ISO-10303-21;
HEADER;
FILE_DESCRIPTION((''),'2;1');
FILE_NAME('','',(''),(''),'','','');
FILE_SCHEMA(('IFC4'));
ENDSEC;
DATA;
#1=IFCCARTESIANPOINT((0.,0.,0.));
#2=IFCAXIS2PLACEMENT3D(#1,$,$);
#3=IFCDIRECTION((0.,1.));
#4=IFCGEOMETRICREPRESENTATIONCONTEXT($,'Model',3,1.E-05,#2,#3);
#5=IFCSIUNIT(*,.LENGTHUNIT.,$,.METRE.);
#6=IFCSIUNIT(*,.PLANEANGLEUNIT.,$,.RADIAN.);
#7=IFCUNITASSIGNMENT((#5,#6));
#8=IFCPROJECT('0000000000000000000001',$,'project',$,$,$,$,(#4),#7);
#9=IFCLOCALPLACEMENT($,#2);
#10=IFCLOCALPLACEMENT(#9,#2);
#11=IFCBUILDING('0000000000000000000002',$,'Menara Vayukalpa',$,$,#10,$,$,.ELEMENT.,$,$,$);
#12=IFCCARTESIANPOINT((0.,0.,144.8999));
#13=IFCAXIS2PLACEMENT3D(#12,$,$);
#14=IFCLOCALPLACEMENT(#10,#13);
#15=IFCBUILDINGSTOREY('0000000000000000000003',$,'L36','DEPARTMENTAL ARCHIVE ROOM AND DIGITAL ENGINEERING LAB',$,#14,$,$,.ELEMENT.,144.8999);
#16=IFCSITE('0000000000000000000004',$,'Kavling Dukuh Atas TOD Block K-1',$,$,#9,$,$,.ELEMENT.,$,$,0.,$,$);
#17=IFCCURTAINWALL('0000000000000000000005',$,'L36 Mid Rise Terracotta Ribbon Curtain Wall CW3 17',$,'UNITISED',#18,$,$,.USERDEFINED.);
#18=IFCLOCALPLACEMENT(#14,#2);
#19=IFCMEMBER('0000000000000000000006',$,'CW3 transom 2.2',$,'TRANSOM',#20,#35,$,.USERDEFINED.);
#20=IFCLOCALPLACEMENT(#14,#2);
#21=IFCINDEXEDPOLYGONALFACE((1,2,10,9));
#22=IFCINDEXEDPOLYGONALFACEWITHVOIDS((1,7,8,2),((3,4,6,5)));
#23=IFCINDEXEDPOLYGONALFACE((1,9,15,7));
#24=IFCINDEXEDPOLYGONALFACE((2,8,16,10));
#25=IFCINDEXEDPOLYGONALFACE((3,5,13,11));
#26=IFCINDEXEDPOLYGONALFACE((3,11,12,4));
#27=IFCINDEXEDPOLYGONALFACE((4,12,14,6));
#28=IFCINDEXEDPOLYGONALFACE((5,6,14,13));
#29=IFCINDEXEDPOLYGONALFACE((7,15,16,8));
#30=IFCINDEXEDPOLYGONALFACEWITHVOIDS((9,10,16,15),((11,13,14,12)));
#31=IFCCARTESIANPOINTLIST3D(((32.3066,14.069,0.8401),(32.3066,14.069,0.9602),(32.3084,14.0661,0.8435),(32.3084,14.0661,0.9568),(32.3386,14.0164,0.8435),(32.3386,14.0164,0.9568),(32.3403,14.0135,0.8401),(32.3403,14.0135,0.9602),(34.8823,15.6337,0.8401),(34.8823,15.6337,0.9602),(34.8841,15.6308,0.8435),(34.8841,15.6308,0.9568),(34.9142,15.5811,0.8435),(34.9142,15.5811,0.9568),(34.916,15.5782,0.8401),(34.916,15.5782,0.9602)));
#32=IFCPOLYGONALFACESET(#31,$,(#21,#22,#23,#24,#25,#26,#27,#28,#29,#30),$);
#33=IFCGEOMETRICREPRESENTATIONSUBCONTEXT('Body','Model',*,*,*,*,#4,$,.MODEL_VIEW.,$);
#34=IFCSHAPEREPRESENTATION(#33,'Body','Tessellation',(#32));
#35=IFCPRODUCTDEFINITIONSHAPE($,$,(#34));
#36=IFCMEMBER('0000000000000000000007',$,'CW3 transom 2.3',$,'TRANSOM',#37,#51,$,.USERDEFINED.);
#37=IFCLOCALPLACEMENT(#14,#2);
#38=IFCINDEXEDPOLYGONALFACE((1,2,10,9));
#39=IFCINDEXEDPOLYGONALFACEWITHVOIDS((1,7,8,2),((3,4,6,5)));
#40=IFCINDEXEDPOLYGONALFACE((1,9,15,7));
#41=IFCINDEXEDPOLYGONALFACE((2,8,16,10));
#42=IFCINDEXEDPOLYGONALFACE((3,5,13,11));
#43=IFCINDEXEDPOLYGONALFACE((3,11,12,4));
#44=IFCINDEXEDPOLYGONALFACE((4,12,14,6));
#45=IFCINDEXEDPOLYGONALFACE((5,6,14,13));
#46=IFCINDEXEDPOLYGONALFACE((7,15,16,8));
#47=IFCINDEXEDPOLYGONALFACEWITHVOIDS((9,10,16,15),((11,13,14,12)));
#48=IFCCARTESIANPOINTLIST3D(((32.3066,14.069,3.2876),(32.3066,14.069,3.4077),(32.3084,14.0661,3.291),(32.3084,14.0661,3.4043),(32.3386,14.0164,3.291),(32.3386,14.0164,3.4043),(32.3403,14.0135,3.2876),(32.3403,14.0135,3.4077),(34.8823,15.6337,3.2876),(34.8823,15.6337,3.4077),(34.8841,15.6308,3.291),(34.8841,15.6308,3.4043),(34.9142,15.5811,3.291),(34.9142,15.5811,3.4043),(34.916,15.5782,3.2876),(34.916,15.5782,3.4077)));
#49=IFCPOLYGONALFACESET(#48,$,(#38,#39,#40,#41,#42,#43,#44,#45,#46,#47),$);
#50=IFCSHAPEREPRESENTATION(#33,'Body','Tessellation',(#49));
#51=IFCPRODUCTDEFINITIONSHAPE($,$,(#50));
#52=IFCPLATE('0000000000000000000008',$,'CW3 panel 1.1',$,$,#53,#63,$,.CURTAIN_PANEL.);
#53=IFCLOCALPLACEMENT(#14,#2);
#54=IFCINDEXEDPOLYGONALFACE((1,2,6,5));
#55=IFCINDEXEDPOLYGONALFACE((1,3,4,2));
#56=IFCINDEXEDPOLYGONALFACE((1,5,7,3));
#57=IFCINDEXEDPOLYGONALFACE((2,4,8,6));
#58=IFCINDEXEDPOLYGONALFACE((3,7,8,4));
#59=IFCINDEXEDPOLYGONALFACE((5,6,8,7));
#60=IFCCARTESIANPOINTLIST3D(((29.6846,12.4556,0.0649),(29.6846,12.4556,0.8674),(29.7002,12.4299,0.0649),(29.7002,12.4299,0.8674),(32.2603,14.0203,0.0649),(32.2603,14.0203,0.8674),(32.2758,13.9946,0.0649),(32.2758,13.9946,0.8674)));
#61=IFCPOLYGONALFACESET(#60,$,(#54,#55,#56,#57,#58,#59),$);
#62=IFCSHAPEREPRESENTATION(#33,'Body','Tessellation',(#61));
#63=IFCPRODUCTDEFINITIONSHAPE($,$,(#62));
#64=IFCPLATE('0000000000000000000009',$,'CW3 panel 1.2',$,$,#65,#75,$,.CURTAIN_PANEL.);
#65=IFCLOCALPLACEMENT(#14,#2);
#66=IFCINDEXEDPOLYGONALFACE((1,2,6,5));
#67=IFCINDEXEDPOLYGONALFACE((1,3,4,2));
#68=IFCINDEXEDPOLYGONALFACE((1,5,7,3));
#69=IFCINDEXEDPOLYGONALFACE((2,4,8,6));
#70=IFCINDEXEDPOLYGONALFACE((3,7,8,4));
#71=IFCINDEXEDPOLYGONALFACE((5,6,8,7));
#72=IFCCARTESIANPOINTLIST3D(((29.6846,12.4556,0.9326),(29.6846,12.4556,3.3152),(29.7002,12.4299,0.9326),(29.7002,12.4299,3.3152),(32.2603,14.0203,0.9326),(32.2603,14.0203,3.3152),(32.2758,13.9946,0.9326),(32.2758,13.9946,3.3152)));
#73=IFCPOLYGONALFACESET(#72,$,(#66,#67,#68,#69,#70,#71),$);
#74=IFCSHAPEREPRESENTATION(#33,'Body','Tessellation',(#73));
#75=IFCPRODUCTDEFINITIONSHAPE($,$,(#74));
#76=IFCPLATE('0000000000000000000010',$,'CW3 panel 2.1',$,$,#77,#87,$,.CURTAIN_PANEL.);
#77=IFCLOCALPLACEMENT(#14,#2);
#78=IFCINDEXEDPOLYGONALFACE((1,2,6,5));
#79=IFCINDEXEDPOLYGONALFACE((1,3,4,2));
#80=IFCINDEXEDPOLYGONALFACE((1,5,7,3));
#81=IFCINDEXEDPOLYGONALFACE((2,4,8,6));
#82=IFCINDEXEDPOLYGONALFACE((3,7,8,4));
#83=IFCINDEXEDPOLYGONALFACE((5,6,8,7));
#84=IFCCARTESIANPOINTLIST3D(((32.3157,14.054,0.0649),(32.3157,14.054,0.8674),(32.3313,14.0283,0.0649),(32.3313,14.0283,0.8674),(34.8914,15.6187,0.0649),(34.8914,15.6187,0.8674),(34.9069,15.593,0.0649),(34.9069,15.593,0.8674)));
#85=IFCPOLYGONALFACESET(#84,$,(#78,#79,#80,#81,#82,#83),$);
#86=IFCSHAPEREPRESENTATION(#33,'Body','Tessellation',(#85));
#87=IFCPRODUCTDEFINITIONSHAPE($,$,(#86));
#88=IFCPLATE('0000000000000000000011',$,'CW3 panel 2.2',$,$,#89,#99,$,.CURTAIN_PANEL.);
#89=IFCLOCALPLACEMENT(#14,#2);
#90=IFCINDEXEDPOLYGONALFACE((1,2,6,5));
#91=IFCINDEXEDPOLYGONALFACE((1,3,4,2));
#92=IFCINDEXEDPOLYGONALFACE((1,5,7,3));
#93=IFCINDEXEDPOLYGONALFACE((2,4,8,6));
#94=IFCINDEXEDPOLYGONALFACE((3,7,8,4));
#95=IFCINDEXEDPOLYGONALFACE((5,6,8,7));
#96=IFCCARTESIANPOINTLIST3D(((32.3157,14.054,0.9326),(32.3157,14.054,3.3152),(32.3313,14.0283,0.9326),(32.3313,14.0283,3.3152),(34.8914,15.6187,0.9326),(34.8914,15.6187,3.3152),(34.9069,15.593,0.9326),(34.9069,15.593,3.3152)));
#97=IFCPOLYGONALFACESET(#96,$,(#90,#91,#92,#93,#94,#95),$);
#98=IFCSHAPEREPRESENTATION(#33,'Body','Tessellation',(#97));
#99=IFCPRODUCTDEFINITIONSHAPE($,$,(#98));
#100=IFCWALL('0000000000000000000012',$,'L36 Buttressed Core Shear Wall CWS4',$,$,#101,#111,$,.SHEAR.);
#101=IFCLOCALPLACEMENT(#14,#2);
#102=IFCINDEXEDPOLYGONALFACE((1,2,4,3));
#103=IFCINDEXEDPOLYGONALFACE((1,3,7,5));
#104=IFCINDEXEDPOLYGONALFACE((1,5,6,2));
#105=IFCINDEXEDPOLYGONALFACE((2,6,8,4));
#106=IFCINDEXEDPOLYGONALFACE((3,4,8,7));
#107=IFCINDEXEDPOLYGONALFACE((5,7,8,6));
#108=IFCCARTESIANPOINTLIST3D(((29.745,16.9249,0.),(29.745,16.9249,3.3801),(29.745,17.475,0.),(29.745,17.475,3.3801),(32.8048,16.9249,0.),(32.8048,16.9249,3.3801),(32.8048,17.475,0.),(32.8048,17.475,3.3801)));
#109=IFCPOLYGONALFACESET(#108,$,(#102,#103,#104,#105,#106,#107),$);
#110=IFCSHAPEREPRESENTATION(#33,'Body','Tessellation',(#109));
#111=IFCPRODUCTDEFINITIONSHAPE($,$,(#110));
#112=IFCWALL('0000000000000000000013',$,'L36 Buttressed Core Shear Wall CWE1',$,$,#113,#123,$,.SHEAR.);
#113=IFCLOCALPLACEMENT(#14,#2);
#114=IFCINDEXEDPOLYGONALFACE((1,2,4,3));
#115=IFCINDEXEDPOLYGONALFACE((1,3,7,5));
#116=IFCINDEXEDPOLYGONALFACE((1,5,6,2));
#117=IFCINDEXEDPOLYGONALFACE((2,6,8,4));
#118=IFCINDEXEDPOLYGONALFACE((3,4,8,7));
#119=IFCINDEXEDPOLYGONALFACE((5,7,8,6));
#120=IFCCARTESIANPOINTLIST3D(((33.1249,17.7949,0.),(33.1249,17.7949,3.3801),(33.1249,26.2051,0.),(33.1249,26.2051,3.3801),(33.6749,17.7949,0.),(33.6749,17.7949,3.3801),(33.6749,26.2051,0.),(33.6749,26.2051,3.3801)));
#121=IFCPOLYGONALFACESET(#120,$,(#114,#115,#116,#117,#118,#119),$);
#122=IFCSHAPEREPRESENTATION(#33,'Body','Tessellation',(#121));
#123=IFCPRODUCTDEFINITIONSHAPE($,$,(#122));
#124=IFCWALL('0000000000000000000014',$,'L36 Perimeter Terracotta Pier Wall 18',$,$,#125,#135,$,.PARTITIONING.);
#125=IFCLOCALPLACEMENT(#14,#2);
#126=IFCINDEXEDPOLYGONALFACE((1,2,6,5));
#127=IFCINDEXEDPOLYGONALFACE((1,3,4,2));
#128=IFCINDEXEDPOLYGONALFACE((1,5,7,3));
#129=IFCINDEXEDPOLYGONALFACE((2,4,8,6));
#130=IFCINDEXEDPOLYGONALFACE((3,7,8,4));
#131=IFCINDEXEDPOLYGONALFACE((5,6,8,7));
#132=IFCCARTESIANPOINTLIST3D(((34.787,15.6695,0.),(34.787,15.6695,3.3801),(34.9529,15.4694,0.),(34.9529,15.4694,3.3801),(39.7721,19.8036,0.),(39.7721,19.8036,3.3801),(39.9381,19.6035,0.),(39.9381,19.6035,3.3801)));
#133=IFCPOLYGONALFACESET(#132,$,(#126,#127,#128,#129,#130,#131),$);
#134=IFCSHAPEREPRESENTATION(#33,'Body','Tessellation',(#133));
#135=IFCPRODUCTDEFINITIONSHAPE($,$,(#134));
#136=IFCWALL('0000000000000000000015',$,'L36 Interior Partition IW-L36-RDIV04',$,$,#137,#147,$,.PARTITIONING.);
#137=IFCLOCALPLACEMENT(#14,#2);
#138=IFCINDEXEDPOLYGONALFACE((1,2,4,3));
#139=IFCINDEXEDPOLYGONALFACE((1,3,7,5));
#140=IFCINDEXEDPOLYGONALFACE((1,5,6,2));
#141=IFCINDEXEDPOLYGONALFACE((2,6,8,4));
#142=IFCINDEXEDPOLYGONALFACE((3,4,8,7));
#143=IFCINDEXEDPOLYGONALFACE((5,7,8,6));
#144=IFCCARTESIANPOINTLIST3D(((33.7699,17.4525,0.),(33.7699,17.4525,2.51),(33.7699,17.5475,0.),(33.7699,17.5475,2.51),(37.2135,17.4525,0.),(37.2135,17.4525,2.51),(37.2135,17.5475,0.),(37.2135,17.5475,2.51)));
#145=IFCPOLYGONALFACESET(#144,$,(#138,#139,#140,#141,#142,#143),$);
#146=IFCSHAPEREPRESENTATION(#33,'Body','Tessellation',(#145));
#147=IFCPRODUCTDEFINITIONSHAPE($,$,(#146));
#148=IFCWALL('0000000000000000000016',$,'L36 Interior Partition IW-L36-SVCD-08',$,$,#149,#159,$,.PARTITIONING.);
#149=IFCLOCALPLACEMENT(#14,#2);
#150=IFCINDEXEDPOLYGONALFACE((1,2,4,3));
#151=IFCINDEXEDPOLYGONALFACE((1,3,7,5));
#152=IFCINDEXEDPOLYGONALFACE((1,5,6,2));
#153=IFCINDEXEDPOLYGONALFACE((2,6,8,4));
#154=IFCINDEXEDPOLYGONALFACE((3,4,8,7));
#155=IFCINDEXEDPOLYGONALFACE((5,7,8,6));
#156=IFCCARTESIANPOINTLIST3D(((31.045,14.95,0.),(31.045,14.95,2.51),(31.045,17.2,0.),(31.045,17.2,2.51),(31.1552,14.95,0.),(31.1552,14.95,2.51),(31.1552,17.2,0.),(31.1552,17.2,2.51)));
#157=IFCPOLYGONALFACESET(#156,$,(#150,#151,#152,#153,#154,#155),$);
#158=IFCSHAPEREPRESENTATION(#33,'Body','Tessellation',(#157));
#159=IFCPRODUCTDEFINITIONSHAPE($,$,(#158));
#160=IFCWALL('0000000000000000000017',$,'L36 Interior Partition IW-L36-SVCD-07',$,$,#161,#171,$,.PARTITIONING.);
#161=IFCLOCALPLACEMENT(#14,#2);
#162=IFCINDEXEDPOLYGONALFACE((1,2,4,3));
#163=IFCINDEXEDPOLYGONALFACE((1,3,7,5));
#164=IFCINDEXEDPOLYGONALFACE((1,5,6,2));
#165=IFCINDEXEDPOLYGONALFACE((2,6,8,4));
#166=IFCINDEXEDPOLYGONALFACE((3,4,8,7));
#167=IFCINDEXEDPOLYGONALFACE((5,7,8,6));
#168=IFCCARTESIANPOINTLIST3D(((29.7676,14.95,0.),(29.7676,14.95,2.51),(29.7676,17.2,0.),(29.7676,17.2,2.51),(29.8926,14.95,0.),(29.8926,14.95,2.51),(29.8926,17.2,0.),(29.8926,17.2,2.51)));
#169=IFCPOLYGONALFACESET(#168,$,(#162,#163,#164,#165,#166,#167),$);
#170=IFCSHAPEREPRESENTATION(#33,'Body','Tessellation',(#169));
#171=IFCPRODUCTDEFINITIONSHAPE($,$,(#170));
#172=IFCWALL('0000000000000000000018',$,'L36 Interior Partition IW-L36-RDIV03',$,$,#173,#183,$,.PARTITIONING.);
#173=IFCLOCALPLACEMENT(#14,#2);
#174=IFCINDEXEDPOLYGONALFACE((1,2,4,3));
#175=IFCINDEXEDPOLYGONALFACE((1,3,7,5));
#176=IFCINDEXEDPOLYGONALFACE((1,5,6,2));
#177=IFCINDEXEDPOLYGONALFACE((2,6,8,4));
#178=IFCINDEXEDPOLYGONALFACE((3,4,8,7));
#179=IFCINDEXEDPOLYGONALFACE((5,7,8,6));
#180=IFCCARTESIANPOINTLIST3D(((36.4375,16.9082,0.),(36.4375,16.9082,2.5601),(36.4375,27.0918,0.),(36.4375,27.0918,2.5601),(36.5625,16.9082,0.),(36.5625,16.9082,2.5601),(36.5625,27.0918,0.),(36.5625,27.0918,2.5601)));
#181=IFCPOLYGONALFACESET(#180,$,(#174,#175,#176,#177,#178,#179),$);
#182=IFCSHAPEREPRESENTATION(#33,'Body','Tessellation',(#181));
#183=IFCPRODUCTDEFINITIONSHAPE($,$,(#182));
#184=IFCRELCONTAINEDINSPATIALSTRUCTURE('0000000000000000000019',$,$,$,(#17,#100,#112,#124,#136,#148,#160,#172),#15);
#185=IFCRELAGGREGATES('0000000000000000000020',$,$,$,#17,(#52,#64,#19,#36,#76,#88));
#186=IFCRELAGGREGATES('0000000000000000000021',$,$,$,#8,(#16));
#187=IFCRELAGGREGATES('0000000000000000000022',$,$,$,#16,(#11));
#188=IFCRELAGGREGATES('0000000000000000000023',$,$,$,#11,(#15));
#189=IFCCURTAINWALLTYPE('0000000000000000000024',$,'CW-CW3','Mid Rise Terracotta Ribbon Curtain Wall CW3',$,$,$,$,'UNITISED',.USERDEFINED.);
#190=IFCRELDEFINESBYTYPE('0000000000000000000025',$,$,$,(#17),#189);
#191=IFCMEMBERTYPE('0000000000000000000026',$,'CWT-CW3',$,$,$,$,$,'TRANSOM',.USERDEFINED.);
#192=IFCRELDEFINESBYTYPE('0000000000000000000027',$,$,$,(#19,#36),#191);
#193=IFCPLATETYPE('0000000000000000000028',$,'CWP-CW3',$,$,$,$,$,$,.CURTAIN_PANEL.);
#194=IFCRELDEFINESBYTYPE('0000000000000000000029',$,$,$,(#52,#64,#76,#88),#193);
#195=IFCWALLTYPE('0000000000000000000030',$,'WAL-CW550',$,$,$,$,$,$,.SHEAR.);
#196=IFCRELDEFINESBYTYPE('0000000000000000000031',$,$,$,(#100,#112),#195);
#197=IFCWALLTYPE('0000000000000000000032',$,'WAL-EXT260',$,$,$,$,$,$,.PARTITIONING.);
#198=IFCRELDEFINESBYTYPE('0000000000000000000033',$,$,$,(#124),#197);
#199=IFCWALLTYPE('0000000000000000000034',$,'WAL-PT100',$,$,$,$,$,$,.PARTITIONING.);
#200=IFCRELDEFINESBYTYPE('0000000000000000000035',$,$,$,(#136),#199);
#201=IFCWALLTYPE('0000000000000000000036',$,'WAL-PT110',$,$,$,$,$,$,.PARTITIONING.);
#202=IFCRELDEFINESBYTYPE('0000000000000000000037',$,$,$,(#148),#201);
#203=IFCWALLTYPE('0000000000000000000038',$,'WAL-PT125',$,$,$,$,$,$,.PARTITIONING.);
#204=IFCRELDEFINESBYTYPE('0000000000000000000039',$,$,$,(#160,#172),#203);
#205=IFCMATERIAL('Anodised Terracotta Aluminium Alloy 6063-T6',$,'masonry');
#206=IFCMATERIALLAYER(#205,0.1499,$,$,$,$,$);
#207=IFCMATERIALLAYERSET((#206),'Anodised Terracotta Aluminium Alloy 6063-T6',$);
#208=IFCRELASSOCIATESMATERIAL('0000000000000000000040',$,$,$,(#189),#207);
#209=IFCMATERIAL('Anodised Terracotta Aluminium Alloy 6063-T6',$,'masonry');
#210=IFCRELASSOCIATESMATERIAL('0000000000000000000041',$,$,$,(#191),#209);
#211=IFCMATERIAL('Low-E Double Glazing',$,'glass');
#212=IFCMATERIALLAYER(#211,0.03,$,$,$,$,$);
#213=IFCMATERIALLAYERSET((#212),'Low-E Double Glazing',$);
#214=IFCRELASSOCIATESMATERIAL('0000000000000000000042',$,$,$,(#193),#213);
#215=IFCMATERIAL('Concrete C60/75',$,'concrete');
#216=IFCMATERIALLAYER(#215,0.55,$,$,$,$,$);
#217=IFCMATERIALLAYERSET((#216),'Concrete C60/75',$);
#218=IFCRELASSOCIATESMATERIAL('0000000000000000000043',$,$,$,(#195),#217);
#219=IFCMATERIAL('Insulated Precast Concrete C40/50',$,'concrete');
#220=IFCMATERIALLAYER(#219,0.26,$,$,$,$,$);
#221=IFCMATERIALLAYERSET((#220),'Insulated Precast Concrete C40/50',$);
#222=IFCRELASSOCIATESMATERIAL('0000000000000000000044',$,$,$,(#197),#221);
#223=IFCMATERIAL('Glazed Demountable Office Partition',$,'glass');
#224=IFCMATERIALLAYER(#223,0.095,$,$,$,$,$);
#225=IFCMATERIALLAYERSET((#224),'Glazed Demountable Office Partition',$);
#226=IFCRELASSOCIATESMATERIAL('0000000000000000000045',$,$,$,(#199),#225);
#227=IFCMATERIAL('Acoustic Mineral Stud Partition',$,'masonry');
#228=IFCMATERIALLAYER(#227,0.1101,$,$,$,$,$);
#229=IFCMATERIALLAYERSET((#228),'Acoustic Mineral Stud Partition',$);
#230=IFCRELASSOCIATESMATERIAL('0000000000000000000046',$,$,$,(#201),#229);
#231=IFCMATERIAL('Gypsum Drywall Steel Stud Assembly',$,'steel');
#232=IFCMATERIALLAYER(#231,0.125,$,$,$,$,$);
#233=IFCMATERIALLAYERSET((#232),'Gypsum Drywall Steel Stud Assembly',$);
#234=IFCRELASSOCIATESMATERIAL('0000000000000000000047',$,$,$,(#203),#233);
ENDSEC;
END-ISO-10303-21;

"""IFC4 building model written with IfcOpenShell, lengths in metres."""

from ifc_helpers import new_model, si_unit, direction, frame, frame_2d, origin, origin_2d, place, context, subcontext, project, spatial, rectangle, hollow_rectangle, extrude, material, layer, layer_set, material_profile, profile_set, type_object, element, aggregate, save


model = new_model("IFC4")

# Units and contexts
model_context = context("Model", 3, precision=1e-05, world=origin(), true_north=direction((0.0, 1.0)))
body_context = subcontext(model_context, "Body", "Model", "MODEL_VIEW")
ifc_project = project(units=[si_unit("LENGTHUNIT", "METRE"), si_unit("PLANEANGLEUNIT", "RADIAN")], contexts=[model_context])

# Site, building, storey
site_placement = place(None, origin())
site = spatial("IfcSite", under=ifc_project, at=site_placement, Name="Kavling Dukuh Atas TOD Block K-1", CompositionType="ELEMENT", RefElevation=0.0)
building_placement = place(site_placement, origin())
building = spatial("IfcBuilding", under=site, at=building_placement, Name="Menara Vayukalpa", CompositionType="ELEMENT")
storey_placement = place(building_placement, frame((0.0, 0.0, 144.8999)))
storey = spatial("IfcBuildingStorey", under=building, at=storey_placement, Name="L36", Description="DEPARTMENTAL ARCHIVE ROOM AND DIGITAL ENGINEERING LAB", CompositionType="ELEMENT", Elevation=144.8999)

# Curtain wall, members, plates
ifc_material_1 = material(Name="Anodised Terracotta Aluminium Alloy 6063-T6", Category="masonry")
ifc_layer_1 = layer(ifc_material_1, 0.1499)
ifc_layer_set_1 = layer_set([ifc_layer_1], Name="Anodised Terracotta Aluminium Alloy 6063-T6")
curtain_wall_type = type_object("IfcCurtainWallType", Name="CW-CW3", Description="Mid Rise Terracotta Ribbon Curtain Wall CW3", ElementType="UNITISED", PredefinedType="USERDEFINED", material=ifc_layer_set_1)
curtain_wall_placement = place(storey_placement, origin())
curtain_wall = element("IfcCurtainWall", 1, at=curtain_wall_placement, inside=storey, type_object=curtain_wall_type, Name="L36 Mid Rise Terracotta Ribbon Curtain Wall CW3 17", ObjectType="UNITISED", PredefinedType="USERDEFINED")
ifc_material_2 = material(Name="Anodised Terracotta Aluminium Alloy 6063-T6", Category="masonry")
ifc_material_profile_1 = material_profile(ifc_material_2, hollow_rectangle(XDim=0.0649, YDim=0.1201, WallThickness=0.0034, at=origin_2d()), Name="ALU 65x120x3.5")
ifc_profile_set_1 = profile_set([ifc_material_profile_1], Name="Anodised Terracotta Aluminium Alloy 6063-T6")
member_type_1 = type_object("IfcMemberType", Name="CWT-CW3", ElementType="TRANSOM", PredefinedType="USERDEFINED", material=ifc_profile_set_1)
member_1_placement = place(storey_placement, frame((32.3235, 14.0413, 0.9001), z_axis=(0.854657, 0.519194, 0.0), x_axis=(-0.519194, 0.854657, 0.0)))
member_1 = element("IfcMember", 2, at=member_1_placement, type_object=member_type_1, Name="CW3 transom 2.2", ObjectType="TRANSOM", PredefinedType="USERDEFINED", context=body_context, shape_type="SweptSolid", body=[
    extrude(hollow_rectangle(XDim=0.0649, YDim=0.1201, WallThickness=0.0034, at=origin_2d()), origin(), (0.0, 0.0, 1.0), 3.0137),
])
member_2_placement = place(storey_placement, frame((32.3235, 14.0413, 3.3477), z_axis=(0.854657, 0.519194, 0.0), x_axis=(-0.519194, 0.854657, 0.0)))
member_2 = element("IfcMember", 3, at=member_2_placement, type_object=member_type_1, Name="CW3 transom 2.3", ObjectType="TRANSOM", PredefinedType="USERDEFINED", context=body_context, shape_type="SweptSolid", body=[
    extrude(hollow_rectangle(XDim=0.0649, YDim=0.1201, WallThickness=0.0034, at=origin_2d()), origin(), (0.0, 0.0, 1.0), 3.0137),
])
ifc_material_3 = material(Name="Low-E Double Glazing", Category="glass")
ifc_layer_2 = layer(ifc_material_3, 0.03)
ifc_layer_set_2 = layer_set([ifc_layer_2], Name="Low-E Double Glazing")
plate_type = type_object("IfcPlateType", Name="CWP-CW3", PredefinedType="CURTAIN_PANEL", material=ifc_layer_set_2)
plate_1_placement = place(storey_placement, frame((30.9802, 13.2251, 0.0649), z_axis=(0.0, 0.0, 1.0), x_axis=(0.854655, 0.519196, 0.0)))
plate_1 = element("IfcPlate", 4, at=plate_1_placement, type_object=plate_type, Name="CW3 panel 1.1", PredefinedType="CURTAIN_PANEL", context=body_context, shape_type="SweptSolid", body=[
    extrude(rectangle(XDim=3.0137, YDim=0.03, at=origin_2d()), origin(), (0.0, 0.0, 1.0), 0.8025),
])
plate_2_placement = place(storey_placement, frame((30.9802, 13.2251, 0.9326), z_axis=(0.0, 0.0, 1.0), x_axis=(0.854655, 0.519196, 0.0)))
plate_2 = element("IfcPlate", 5, at=plate_2_placement, type_object=plate_type, Name="CW3 panel 1.2", PredefinedType="CURTAIN_PANEL", context=body_context, shape_type="SweptSolid", body=[
    extrude(rectangle(XDim=3.0137, YDim=0.03, at=origin_2d()), origin(), (0.0, 0.0, 1.0), 2.3826),
])
plate_3_placement = place(storey_placement, frame((33.6113, 14.8235, 0.0649), z_axis=(0.0, 0.0, 1.0), x_axis=(0.854655, 0.519196, 0.0)))
plate_3 = element("IfcPlate", 6, at=plate_3_placement, type_object=plate_type, Name="CW3 panel 2.1", PredefinedType="CURTAIN_PANEL", context=body_context, shape_type="SweptSolid", body=[
    extrude(rectangle(XDim=3.0137, YDim=0.03, at=origin_2d()), origin(), (0.0, 0.0, 1.0), 0.8025),
])
plate_4_placement = place(storey_placement, frame((33.6113, 14.8235, 0.9326), z_axis=(0.0, 0.0, 1.0), x_axis=(0.854655, 0.519196, 0.0)))
plate_4 = element("IfcPlate", 7, at=plate_4_placement, type_object=plate_type, Name="CW3 panel 2.2", PredefinedType="CURTAIN_PANEL", context=body_context, shape_type="SweptSolid", body=[
    extrude(rectangle(XDim=3.0137, YDim=0.03, at=origin_2d()), origin(), (0.0, 0.0, 1.0), 2.3826),
])
aggregate(curtain_wall, [plate_1, plate_2, member_1, member_2, plate_3, plate_4])

# Walls
ifc_material_4 = material(Name="Concrete C60/75", Category="concrete")
ifc_layer_3 = layer(ifc_material_4, 0.55)
ifc_layer_set_3 = layer_set([ifc_layer_3], Name="Concrete C60/75")
wall_type_1 = type_object("IfcWallType", Name="WAL-CW550", PredefinedType="SHEAR", material=ifc_layer_set_3)
wall_1_placement = place(storey_placement, frame((29.7451, 17.2, 0.0), z_axis=(0.0, 0.0, 1.0), x_axis=(1.0, 0.0, 0.0)))
element("IfcWall", 8, at=wall_1_placement, inside=storey, type_object=wall_type_1, Name="L36 Buttressed Core Shear Wall CWS4", PredefinedType="SHEAR", context=body_context, shape_type="SweptSolid", body=[
    extrude(rectangle(XDim=3.0598, YDim=0.55, at=frame_2d((1.5298, 0.0))), origin(), (0.0, 0.0, 1.0), 3.3801),
])
wall_2_placement = place(storey_placement, frame((33.3999, 17.7949, 0.0), z_axis=(0.0, 0.0, 1.0), x_axis=(0.0, 1.0, 0.0)))
element("IfcWall", 9, at=wall_2_placement, inside=storey, type_object=wall_type_1, Name="L36 Buttressed Core Shear Wall CWE1", PredefinedType="SHEAR", context=body_context, shape_type="SweptSolid", body=[
    extrude(rectangle(XDim=8.4102, YDim=0.55, at=frame_2d((4.2051, 0.0))), origin(), (0.0, 0.0, 1.0), 3.3801),
])
ifc_material_5 = material(Name="Insulated Precast Concrete C40/50", Category="concrete")
ifc_layer_4 = layer(ifc_material_5, 0.26)
ifc_layer_set_4 = layer_set([ifc_layer_4], Name="Insulated Precast Concrete C40/50")
wall_type_2 = type_object("IfcWallType", Name="WAL-EXT260", PredefinedType="PARTITIONING", material=ifc_layer_set_4)
wall_3_placement = place(storey_placement, frame((39.8552, 19.7036, 0.0), z_axis=(0.0, 0.0, 1.0), x_axis=(-0.769755, -0.63834, 0.0)))
element("IfcWall", 10, at=wall_3_placement, inside=storey, type_object=wall_type_2, Name="L36 Perimeter Terracotta Pier Wall 18", PredefinedType="PARTITIONING", context=body_context, shape_type="SweptSolid", body=[
    extrude(rectangle(XDim=6.4763, YDim=0.26, at=frame_2d((3.2383, 0.0))), origin(), (0.0, 0.0, 1.0), 3.3801),
])
ifc_material_6 = material(Name="Glazed Demountable Office Partition", Category="glass")
ifc_layer_5 = layer(ifc_material_6, 0.095)
ifc_layer_set_5 = layer_set([ifc_layer_5], Name="Glazed Demountable Office Partition")
wall_type_3 = type_object("IfcWallType", Name="WAL-PT100", PredefinedType="PARTITIONING", material=ifc_layer_set_5)
wall_4_placement = place(storey_placement, frame((33.77, 17.5, 0.0), z_axis=(0.0, 0.0, 1.0), x_axis=(1.0, 0.0, 0.0)))
element("IfcWall", 11, at=wall_4_placement, inside=storey, type_object=wall_type_3, Name="L36 Interior Partition IW-L36-RDIV04", PredefinedType="PARTITIONING", context=body_context, shape_type="SweptSolid", body=[
    extrude(rectangle(XDim=3.4436, YDim=0.095, at=frame_2d((1.7217, 0.0))), origin(), (0.0, 0.0, 1.0), 2.51),
])
ifc_material_7 = material(Name="Acoustic Mineral Stud Partition", Category="masonry")
ifc_layer_6 = layer(ifc_material_7, 0.1101)
ifc_layer_set_6 = layer_set([ifc_layer_6], Name="Acoustic Mineral Stud Partition")
wall_type_4 = type_object("IfcWallType", Name="WAL-PT110", PredefinedType="PARTITIONING", material=ifc_layer_set_6)
wall_5_placement = place(storey_placement, frame((31.1001, 14.95, 0.0), z_axis=(0.0, 0.0, 1.0), x_axis=(0.0, 1.0, 0.0)))
element("IfcWall", 12, at=wall_5_placement, inside=storey, type_object=wall_type_4, Name="L36 Interior Partition IW-L36-SVCD-08", PredefinedType="PARTITIONING", context=body_context, shape_type="SweptSolid", body=[
    extrude(rectangle(XDim=2.25, YDim=0.1101, at=frame_2d((1.125, 0.0))), origin(), (0.0, 0.0, 1.0), 2.51),
])
ifc_material_8 = material(Name="Gypsum Drywall Steel Stud Assembly", Category="steel")
ifc_layer_7 = layer(ifc_material_8, 0.125)
ifc_layer_set_7 = layer_set([ifc_layer_7], Name="Gypsum Drywall Steel Stud Assembly")
wall_type_5 = type_object("IfcWallType", Name="WAL-PT125", PredefinedType="PARTITIONING", material=ifc_layer_set_7)
wall_6_placement = place(storey_placement, frame((29.8301, 14.95, 0.0), z_axis=(0.0, 0.0, 1.0), x_axis=(0.0, 1.0, 0.0)))
element("IfcWall", 13, at=wall_6_placement, inside=storey, type_object=wall_type_5, Name="L36 Interior Partition IW-L36-SVCD-07", PredefinedType="PARTITIONING", context=body_context, shape_type="SweptSolid", body=[
    extrude(rectangle(XDim=2.25, YDim=0.125, at=frame_2d((1.125, 0.0))), origin(), (0.0, 0.0, 1.0), 2.51),
])
wall_7_placement = place(storey_placement, frame((36.5, 16.9082, 0.0), z_axis=(0.0, 0.0, 1.0), x_axis=(0.0, 1.0, 0.0)))
element("IfcWall", 14, at=wall_7_placement, inside=storey, type_object=wall_type_5, Name="L36 Interior Partition IW-L36-RDIV03", PredefinedType="PARTITIONING", context=body_context, shape_type="SweptSolid", body=[
    extrude(rectangle(XDim=10.1836, YDim=0.125, at=frame_2d((5.0918, 0.0))), origin(), (0.0, 0.0, 1.0), 2.5601),
])

save(model, "model.ifc")
